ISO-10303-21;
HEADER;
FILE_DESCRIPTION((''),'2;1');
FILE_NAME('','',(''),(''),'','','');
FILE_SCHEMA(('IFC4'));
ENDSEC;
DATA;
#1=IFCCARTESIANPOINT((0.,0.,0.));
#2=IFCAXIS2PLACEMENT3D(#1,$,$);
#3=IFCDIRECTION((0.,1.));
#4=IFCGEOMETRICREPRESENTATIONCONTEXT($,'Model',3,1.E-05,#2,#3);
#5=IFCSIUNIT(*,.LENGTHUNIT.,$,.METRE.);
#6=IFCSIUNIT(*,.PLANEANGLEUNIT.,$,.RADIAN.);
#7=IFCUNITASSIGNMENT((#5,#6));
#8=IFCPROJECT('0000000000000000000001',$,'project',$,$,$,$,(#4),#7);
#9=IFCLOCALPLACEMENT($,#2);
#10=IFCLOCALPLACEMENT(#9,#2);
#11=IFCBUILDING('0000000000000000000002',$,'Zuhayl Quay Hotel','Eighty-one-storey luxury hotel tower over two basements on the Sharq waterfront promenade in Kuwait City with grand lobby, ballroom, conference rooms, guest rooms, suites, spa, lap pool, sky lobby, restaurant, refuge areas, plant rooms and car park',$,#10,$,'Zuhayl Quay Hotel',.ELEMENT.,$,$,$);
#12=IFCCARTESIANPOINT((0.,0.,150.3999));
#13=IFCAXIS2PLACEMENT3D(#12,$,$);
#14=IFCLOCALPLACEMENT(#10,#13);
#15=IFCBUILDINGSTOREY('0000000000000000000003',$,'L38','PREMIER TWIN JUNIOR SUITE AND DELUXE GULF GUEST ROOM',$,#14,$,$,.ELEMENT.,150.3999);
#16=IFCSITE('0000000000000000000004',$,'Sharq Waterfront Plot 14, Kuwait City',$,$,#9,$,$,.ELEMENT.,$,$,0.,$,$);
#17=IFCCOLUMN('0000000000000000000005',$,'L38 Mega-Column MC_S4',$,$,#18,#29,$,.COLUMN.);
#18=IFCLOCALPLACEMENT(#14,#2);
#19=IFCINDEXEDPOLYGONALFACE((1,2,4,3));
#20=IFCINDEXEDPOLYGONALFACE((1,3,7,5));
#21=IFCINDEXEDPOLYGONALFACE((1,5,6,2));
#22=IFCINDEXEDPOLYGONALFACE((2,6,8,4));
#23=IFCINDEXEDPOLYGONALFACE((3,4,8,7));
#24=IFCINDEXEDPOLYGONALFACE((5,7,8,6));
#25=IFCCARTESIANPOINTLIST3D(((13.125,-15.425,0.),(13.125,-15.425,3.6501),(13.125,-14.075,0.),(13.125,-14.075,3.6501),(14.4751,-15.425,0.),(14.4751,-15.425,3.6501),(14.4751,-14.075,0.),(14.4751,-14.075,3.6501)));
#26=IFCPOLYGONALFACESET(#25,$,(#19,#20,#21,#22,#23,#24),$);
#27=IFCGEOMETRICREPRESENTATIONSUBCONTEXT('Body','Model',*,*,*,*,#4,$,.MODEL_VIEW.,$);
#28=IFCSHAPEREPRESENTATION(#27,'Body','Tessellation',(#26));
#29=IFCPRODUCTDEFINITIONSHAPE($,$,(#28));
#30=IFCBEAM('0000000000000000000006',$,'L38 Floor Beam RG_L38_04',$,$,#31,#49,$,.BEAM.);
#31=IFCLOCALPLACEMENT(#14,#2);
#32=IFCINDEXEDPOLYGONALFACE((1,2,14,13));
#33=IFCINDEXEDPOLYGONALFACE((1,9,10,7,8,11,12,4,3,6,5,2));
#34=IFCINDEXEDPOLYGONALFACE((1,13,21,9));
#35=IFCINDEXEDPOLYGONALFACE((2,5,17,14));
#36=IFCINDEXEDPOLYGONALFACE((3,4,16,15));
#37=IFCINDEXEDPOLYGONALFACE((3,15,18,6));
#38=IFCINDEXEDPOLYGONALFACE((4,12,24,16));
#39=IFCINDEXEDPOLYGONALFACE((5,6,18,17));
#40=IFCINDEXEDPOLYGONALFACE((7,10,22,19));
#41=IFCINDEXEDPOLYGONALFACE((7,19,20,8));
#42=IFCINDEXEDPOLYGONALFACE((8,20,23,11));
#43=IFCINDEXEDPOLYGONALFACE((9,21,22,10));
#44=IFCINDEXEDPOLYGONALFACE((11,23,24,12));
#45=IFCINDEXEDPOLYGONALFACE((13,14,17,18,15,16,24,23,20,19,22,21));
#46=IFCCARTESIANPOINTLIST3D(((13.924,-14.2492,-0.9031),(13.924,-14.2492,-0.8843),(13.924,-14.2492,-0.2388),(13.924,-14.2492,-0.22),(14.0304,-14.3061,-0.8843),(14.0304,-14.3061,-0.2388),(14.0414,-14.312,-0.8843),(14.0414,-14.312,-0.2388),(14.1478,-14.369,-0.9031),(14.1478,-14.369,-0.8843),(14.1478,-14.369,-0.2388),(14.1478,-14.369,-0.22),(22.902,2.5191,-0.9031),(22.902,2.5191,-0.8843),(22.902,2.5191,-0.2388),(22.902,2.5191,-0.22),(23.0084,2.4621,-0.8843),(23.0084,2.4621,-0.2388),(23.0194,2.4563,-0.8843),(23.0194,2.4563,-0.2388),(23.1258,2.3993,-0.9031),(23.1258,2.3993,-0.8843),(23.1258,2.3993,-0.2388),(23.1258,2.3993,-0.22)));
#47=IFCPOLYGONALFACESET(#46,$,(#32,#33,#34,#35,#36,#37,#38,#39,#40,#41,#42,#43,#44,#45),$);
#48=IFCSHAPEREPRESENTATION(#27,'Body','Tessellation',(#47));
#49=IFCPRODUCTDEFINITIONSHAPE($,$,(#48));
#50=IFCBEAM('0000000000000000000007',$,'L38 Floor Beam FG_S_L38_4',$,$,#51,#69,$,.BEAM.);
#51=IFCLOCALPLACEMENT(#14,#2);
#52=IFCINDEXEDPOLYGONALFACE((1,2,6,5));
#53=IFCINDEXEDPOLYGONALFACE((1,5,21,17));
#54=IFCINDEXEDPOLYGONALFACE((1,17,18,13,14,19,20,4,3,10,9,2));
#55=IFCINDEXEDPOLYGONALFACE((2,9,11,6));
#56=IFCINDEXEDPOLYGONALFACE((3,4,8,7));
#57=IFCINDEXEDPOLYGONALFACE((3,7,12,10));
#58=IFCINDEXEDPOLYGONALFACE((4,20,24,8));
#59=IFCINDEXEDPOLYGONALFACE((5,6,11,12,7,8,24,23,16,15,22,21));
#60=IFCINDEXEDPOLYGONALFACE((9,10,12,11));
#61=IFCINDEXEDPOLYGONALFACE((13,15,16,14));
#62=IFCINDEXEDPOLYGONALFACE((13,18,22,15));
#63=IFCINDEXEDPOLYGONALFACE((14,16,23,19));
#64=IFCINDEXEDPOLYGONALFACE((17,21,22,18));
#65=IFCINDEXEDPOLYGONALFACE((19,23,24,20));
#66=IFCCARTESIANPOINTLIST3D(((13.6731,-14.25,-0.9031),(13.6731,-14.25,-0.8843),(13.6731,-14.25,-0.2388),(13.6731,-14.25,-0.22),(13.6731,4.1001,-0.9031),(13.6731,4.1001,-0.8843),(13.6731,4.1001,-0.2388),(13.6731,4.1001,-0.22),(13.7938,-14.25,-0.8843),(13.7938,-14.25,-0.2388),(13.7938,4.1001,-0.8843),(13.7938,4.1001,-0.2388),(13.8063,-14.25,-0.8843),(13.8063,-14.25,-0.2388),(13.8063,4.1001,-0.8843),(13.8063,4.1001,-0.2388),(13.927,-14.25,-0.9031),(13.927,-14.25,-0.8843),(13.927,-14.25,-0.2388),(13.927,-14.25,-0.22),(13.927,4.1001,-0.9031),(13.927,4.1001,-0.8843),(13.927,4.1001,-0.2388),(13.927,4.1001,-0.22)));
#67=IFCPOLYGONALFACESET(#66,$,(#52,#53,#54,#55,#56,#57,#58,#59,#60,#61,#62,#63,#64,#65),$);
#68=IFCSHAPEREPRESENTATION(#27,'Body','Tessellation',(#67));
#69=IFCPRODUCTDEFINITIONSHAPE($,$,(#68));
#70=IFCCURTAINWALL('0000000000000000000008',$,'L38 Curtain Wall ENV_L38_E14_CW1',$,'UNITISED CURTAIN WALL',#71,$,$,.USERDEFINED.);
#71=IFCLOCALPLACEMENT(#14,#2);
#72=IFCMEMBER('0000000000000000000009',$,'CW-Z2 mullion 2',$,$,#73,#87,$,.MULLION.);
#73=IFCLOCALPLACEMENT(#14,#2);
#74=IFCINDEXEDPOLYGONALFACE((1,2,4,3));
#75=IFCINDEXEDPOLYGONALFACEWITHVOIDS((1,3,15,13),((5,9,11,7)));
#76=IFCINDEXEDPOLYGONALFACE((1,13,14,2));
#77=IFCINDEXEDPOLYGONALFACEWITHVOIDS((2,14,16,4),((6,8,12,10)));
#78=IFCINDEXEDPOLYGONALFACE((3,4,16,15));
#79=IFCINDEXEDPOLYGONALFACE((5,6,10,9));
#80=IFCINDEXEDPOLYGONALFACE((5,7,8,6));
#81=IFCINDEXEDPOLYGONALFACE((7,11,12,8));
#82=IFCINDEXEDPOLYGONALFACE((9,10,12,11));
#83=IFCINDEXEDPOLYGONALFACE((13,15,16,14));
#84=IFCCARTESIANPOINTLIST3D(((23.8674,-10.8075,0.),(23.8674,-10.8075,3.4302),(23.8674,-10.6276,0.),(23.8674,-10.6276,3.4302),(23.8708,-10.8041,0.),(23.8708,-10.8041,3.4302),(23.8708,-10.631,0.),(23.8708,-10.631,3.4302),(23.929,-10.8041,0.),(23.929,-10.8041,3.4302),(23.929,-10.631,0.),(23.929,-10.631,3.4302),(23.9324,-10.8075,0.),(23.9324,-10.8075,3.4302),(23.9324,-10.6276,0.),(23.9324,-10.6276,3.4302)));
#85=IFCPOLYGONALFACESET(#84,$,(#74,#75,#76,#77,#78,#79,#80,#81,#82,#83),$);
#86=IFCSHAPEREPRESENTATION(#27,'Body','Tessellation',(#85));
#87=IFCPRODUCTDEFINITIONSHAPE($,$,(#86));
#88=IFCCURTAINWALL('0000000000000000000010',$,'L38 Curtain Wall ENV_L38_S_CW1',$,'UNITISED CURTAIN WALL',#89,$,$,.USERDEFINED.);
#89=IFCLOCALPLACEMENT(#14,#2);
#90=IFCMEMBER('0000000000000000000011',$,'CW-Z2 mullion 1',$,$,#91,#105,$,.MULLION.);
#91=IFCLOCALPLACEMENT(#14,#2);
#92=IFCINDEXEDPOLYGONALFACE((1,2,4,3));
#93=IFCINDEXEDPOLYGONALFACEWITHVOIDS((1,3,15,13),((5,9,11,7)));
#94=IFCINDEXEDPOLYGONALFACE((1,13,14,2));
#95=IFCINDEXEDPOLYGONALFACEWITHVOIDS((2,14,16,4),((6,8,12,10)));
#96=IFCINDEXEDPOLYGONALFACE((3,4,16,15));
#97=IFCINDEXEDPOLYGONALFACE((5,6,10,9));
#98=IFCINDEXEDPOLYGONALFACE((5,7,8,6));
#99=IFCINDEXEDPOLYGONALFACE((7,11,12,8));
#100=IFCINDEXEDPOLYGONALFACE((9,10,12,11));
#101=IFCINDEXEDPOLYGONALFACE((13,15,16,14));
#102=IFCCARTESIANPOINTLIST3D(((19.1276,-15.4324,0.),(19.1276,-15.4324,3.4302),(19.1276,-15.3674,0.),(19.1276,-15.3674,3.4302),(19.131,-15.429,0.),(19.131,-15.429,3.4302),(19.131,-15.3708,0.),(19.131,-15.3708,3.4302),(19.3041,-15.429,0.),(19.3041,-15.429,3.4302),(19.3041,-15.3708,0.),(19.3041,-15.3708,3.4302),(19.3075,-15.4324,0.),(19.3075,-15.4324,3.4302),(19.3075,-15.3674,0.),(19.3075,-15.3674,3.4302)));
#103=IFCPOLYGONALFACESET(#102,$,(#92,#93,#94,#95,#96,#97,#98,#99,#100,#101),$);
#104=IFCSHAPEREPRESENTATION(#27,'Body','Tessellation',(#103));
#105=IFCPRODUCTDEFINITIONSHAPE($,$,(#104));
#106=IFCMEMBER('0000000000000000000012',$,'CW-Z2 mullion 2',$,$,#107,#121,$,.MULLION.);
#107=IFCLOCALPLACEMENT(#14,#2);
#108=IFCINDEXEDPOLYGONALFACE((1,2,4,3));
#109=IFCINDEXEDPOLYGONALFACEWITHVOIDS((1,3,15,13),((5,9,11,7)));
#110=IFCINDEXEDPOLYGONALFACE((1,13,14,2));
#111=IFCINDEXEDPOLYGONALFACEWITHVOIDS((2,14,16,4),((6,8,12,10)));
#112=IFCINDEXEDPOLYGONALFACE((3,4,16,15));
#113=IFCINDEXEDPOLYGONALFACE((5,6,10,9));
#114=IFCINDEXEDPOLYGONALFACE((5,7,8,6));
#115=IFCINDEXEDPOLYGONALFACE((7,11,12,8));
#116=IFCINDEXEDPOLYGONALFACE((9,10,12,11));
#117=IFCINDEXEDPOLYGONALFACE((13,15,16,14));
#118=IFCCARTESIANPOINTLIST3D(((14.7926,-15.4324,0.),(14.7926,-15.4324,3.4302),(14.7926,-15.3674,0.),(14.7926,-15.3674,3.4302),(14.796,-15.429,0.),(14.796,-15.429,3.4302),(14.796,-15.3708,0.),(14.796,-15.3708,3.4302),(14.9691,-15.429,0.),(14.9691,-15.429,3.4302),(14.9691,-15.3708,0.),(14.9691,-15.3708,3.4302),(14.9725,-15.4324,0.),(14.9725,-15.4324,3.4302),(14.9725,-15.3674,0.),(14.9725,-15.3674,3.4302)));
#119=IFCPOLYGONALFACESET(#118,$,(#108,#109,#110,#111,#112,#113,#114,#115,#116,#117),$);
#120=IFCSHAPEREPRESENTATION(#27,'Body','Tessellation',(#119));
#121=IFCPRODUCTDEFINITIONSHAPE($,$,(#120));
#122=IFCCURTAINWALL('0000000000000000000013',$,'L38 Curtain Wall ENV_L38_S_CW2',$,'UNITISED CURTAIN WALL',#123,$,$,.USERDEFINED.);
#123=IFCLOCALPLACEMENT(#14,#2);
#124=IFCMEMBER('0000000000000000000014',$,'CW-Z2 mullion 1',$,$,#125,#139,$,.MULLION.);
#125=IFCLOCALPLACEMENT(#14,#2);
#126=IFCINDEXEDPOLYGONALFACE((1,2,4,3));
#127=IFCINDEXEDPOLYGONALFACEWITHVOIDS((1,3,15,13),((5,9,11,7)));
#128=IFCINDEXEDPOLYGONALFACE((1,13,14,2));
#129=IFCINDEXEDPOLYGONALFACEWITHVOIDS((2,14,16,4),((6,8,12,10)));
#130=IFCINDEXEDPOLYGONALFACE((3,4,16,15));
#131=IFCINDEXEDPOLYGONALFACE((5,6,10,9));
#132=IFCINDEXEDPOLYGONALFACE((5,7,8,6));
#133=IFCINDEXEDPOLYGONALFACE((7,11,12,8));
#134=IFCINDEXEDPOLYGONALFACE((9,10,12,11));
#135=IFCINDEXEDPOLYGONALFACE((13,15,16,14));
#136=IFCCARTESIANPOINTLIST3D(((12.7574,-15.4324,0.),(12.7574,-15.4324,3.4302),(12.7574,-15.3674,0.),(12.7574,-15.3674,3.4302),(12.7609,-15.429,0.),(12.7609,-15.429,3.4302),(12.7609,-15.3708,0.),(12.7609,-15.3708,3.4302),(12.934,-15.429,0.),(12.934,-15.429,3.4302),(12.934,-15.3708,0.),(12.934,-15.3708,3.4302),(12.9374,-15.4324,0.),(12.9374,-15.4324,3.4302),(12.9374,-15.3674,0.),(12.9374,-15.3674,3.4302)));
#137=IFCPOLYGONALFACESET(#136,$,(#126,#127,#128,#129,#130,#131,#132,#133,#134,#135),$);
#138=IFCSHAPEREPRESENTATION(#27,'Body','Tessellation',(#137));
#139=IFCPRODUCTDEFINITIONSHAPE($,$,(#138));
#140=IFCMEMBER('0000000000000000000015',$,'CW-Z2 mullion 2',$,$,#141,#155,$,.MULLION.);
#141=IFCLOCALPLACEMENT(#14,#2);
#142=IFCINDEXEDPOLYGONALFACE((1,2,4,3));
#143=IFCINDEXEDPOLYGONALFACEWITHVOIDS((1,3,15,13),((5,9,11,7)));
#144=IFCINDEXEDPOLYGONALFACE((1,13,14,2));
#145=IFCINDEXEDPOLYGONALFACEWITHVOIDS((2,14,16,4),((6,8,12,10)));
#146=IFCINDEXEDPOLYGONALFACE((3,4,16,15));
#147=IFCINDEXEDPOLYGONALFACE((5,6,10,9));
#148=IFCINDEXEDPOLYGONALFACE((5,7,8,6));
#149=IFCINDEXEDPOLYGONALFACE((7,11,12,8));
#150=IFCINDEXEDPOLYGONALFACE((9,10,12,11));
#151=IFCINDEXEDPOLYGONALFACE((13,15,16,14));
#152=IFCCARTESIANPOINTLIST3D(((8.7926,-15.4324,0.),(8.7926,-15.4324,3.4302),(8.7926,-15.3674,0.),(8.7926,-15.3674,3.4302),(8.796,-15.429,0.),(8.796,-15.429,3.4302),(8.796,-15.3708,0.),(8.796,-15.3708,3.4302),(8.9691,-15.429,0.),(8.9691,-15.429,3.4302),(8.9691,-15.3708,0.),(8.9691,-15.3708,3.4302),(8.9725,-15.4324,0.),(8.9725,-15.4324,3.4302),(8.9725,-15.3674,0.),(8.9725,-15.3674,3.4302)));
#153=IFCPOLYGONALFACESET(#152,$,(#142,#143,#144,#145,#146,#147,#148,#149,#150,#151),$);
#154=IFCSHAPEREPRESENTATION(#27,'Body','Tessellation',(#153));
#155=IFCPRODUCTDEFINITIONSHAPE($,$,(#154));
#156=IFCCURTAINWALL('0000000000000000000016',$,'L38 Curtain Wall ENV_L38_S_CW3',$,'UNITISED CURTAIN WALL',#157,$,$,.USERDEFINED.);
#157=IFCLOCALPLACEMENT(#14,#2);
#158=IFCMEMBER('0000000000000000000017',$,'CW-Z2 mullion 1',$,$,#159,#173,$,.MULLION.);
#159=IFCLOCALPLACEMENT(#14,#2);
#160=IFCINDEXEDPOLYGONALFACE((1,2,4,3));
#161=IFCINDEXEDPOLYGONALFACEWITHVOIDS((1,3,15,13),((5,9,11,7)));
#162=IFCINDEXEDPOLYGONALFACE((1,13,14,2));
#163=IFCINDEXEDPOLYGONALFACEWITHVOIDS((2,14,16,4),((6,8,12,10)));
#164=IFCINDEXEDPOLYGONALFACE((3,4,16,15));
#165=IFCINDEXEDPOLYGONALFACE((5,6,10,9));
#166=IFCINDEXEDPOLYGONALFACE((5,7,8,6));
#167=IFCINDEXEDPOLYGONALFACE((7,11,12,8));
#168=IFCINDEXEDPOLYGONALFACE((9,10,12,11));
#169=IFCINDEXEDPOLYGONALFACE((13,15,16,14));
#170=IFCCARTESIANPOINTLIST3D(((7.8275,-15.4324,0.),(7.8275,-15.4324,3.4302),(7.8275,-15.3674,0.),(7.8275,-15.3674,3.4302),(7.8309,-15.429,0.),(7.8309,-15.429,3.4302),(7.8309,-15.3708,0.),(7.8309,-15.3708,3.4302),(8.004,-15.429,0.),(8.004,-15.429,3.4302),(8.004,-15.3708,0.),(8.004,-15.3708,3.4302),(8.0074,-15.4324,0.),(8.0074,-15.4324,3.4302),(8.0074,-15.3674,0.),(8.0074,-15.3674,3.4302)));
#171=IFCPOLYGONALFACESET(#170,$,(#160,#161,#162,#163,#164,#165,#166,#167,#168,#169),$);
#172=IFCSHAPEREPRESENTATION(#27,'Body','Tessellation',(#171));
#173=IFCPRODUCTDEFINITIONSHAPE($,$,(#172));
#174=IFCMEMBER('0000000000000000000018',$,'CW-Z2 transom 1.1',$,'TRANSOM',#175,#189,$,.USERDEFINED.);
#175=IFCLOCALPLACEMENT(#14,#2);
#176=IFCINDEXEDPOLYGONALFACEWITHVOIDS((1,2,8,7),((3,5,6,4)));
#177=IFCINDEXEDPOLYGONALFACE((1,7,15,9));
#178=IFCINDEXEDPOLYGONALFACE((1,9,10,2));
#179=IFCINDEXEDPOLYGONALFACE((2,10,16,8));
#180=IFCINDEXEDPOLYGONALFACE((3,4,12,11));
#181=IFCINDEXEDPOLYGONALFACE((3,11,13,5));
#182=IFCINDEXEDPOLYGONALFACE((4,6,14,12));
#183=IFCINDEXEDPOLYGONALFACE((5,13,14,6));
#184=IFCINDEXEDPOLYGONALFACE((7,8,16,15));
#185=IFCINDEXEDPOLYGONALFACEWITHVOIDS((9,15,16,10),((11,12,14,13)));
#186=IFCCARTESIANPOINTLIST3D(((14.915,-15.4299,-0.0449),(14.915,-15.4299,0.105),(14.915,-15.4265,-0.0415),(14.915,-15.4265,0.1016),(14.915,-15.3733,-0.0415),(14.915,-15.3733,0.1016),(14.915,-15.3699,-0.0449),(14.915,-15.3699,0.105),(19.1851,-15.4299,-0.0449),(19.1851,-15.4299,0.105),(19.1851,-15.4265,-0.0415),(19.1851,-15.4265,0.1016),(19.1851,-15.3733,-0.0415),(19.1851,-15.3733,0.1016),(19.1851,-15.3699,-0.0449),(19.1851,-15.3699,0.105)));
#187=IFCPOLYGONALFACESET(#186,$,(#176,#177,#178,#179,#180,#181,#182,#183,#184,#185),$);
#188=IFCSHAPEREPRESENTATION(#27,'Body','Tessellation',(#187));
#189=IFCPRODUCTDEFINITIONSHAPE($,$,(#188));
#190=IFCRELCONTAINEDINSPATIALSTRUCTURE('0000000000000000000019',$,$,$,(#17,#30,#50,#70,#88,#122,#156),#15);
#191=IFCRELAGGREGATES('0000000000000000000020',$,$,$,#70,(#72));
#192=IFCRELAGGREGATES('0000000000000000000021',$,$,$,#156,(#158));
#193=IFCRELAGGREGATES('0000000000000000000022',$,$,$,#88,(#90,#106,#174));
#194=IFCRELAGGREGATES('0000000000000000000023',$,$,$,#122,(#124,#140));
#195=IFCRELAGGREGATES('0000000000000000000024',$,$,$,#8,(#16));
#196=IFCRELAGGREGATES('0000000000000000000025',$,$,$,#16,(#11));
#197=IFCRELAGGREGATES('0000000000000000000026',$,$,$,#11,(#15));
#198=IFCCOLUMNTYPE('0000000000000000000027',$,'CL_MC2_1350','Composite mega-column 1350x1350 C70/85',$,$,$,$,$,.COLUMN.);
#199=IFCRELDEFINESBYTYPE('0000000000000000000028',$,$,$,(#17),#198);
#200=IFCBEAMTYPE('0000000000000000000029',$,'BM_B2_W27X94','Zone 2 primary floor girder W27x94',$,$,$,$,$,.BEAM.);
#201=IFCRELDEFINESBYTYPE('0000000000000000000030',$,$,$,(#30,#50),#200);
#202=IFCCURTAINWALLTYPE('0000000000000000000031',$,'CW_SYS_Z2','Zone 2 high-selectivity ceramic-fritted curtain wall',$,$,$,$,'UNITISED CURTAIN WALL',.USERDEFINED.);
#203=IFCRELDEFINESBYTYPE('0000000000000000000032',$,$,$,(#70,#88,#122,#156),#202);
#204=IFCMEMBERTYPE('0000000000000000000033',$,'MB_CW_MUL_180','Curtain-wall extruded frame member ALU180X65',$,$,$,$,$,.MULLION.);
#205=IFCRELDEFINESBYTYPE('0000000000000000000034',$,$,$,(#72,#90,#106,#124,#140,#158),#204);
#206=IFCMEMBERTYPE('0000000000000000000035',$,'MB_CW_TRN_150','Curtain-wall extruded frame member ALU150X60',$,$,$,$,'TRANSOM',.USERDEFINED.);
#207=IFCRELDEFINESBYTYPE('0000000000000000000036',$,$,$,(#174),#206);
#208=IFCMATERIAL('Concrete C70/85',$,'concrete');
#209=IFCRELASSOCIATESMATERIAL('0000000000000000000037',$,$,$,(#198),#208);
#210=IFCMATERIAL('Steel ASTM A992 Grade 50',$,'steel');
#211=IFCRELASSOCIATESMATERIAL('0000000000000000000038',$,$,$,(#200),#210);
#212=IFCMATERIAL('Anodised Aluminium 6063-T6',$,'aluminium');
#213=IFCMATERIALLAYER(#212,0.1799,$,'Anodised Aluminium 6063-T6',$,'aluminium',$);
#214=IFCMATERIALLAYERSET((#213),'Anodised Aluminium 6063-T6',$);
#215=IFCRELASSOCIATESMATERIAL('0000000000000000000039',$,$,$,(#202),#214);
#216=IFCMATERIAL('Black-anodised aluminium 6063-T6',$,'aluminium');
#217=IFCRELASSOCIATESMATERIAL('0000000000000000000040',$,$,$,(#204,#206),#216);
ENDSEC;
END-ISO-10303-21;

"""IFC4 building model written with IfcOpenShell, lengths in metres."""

from ifc_helpers import new_model, si_unit, direction, frame, origin, origin_2d, place, context, subcontext, project, spatial, rectangle, hollow_rectangle, i_section, extrude, material, layer, layer_set, material_profile, profile_set, type_object, element, aggregate, save


model = new_model("IFC4")

# Units and contexts
model_context = context("Model", 3, precision=1e-05, world=origin(), true_north=direction((0.0, 1.0)))
body_context = subcontext(model_context, "Body", "Model", "MODEL_VIEW")
ifc_project = project(units=[si_unit("LENGTHUNIT", "METRE"), si_unit("PLANEANGLEUNIT", "RADIAN")], contexts=[model_context])

# Site, building, storey
site_placement = place(None, origin())
site = spatial("IfcSite", under=ifc_project, at=site_placement, Name="Sharq Waterfront Plot 14, Kuwait City", CompositionType="ELEMENT", RefElevation=0.0)
building_placement = place(site_placement, origin())
building = spatial("IfcBuilding", under=site, at=building_placement, Name="Zuhayl Quay Hotel", Description="Eighty-one-storey luxury hotel tower over two basements on the Sharq waterfront promenade in Kuwait City with grand lobby, ballroom, conference rooms, guest rooms, suites, spa, lap pool, sky lobby, restaurant, refuge areas, plant rooms and car park", LongName="Zuhayl Quay Hotel", CompositionType="ELEMENT")
storey_placement = place(building_placement, frame((0.0, 0.0, 150.3999)))
storey = spatial("IfcBuildingStorey", under=building, at=storey_placement, Name="L38", Description="PREMIER TWIN JUNIOR SUITE AND DELUXE GULF GUEST ROOM", CompositionType="ELEMENT", Elevation=150.3999)

# Column
ifc_material_1 = material(Name="Concrete C70/85", Category="concrete")
ifc_material_profile_1 = material_profile(ifc_material_1, rectangle(XDim=1.3501, YDim=1.3501, at=origin_2d()), Name="RC1350X1350")
ifc_profile_set_1 = profile_set([ifc_material_profile_1], Name="Concrete C70/85")
column_type = type_object("IfcColumnType", Name="CL_MC2_1350", Description="Composite mega-column 1350x1350 C70/85", PredefinedType="COLUMN", material=ifc_profile_set_1)
column_placement = place(storey_placement, frame((13.8, -14.75, 0.0), z_axis=(0.0, 0.0, 1.0), x_axis=(1.0, 0.0, 0.0)))
element("IfcColumn", 1, at=column_placement, inside=storey, type_object=column_type, Name="L38 Mega-Column MC_S4", PredefinedType="COLUMN", context=body_context, shape_type="SweptSolid", body=[
    extrude(rectangle(XDim=1.3501, YDim=1.3501, at=origin_2d()), origin(), (0.0, 0.0, 1.0), 3.6501),
])

# Beams
ifc_material_2 = material(Name="Steel ASTM A992 Grade 50", Category="steel")
ifc_material_profile_2 = material_profile(ifc_material_2, i_section(OverallWidth=0.2539, OverallDepth=0.6831, WebThickness=0.0125, FlangeThickness=0.0188, at=origin_2d()), Name="W27X94")
ifc_profile_set_2 = profile_set([ifc_material_profile_2], Name="Steel ASTM A992 Grade 50")
beam_type = type_object("IfcBeamType", Name="BM_B2_W27X94", Description="Zone 2 primary floor girder W27x94", PredefinedType="BEAM", material=ifc_profile_set_2)
beam_1_placement = place(storey_placement, frame((14.0359, -14.3091, -0.5615), z_axis=(0.472017, 0.881589, 0.0), x_axis=(-0.881589, 0.472017, 0.0)))
element("IfcBeam", 2, at=beam_1_placement, inside=storey, type_object=beam_type, Name="L38 Floor Beam RG_L38_04", PredefinedType="BEAM", context=body_context, shape_type="SweptSolid", body=[
    extrude(i_section(OverallWidth=0.2539, OverallDepth=0.6831, WebThickness=0.0125, FlangeThickness=0.0188, at=origin_2d()), origin(), (0.0, 0.0, 1.0), 19.0205),
])
beam_2_placement = place(storey_placement, frame((13.8, -14.25, -0.5615), z_axis=(0.0, 1.0, 0.0), x_axis=(-1.0, 0.0, 0.0)))
element("IfcBeam", 3, at=beam_2_placement, inside=storey, type_object=beam_type, Name="L38 Floor Beam FG_S_L38_4", PredefinedType="BEAM", context=body_context, shape_type="SweptSolid", body=[
    extrude(i_section(OverallWidth=0.2539, OverallDepth=0.6831, WebThickness=0.0125, FlangeThickness=0.0188, at=origin_2d()), origin(), (0.0, 0.0, 1.0), 18.3501),
])

# Curtain wall, member
ifc_material_3 = material(Name="Anodised Aluminium 6063-T6", Category="aluminium")
ifc_layer_1 = layer(ifc_material_3, 0.1799, Name="Anodised Aluminium 6063-T6", Category="aluminium")
ifc_layer_set_1 = layer_set([ifc_layer_1], Name="Anodised Aluminium 6063-T6")
curtain_wall_type = type_object("IfcCurtainWallType", Name="CW_SYS_Z2", Description="Zone 2 high-selectivity ceramic-fritted curtain wall", ElementType="UNITISED CURTAIN WALL", PredefinedType="USERDEFINED", material=ifc_layer_set_1)
curtain_wall_1_placement = place(storey_placement, origin())
curtain_wall_1 = element("IfcCurtainWall", 4, at=curtain_wall_1_placement, inside=storey, type_object=curtain_wall_type, Name="L38 Curtain Wall ENV_L38_E14_CW1", ObjectType="UNITISED CURTAIN WALL", PredefinedType="USERDEFINED")
ifc_material_4 = material(Name="Black-anodised aluminium 6063-T6", Category="aluminium")
ifc_material_profile_3 = material_profile(ifc_material_4, hollow_rectangle(XDim=0.0649, YDim=0.1799, WallThickness=0.0034, at=origin_2d()), Name="ALU180X65")
ifc_profile_set_3 = profile_set([ifc_material_profile_3], Name="Black-anodised aluminium 6063-T6")
member_type_1 = type_object("IfcMemberType", Name="MB_CW_MUL_180", Description="Curtain-wall extruded frame member ALU180X65", PredefinedType="MULLION", material=ifc_profile_set_3)
member_1_placement = place(storey_placement, frame((23.8999, -10.7175, 0.0), z_axis=(0.0, 0.0, 1.0), x_axis=(1.0, 0.0, 0.0)))
member_1 = element("IfcMember", 5, at=member_1_placement, type_object=member_type_1, Name="CW-Z2 mullion 2", PredefinedType="MULLION", context=body_context, shape_type="SweptSolid", body=[
    extrude(hollow_rectangle(XDim=0.0649, YDim=0.1799, WallThickness=0.0034, at=origin_2d()), origin(), (0.0, 0.0, 1.0), 3.4302),
])
aggregate(curtain_wall_1, [member_1])

# Curtain walls, members
curtain_wall_2_placement = place(storey_placement, origin())
curtain_wall_2 = element("IfcCurtainWall", 6, at=curtain_wall_2_placement, inside=storey, type_object=curtain_wall_type, Name="L38 Curtain Wall ENV_L38_S_CW1", ObjectType="UNITISED CURTAIN WALL", PredefinedType="USERDEFINED")
member_2_placement = place(storey_placement, frame((19.2175, -15.3999, 0.0), z_axis=(0.0, 0.0, 1.0), x_axis=(0.0, -1.0, 0.0)))
member_2 = element("IfcMember", 7, at=member_2_placement, type_object=member_type_1, Name="CW-Z2 mullion 1", PredefinedType="MULLION", context=body_context, shape_type="SweptSolid", body=[
    extrude(hollow_rectangle(XDim=0.0649, YDim=0.1799, WallThickness=0.0034, at=origin_2d()), origin(), (0.0, 0.0, 1.0), 3.4302),
])
member_3_placement = place(storey_placement, frame((14.8826, -15.3999, 0.0), z_axis=(0.0, 0.0, 1.0), x_axis=(0.0, -1.0, 0.0)))
member_3 = element("IfcMember", 8, at=member_3_placement, type_object=member_type_1, Name="CW-Z2 mullion 2", PredefinedType="MULLION", context=body_context, shape_type="SweptSolid", body=[
    extrude(hollow_rectangle(XDim=0.0649, YDim=0.1799, WallThickness=0.0034, at=origin_2d()), origin(), (0.0, 0.0, 1.0), 3.4302),
])
curtain_wall_3_placement = place(storey_placement, origin())
curtain_wall_3 = element("IfcCurtainWall", 9, at=curtain_wall_3_placement, inside=storey, type_object=curtain_wall_type, Name="L38 Curtain Wall ENV_L38_S_CW2", ObjectType="UNITISED CURTAIN WALL", PredefinedType="USERDEFINED")
member_4_placement = place(storey_placement, frame((12.8474, -15.3999, 0.0), z_axis=(0.0, 0.0, 1.0), x_axis=(0.0, -1.0, 0.0)))
member_4 = element("IfcMember", 10, at=member_4_placement, type_object=member_type_1, Name="CW-Z2 mullion 1", PredefinedType="MULLION", context=body_context, shape_type="SweptSolid", body=[
    extrude(hollow_rectangle(XDim=0.0649, YDim=0.1799, WallThickness=0.0034, at=origin_2d()), origin(), (0.0, 0.0, 1.0), 3.4302),
])
member_5_placement = place(storey_placement, frame((8.8826, -15.3999, 0.0), z_axis=(0.0, 0.0, 1.0), x_axis=(0.0, -1.0, 0.0)))
member_5 = element("IfcMember", 11, at=member_5_placement, type_object=member_type_1, Name="CW-Z2 mullion 2", PredefinedType="MULLION", context=body_context, shape_type="SweptSolid", body=[
    extrude(hollow_rectangle(XDim=0.0649, YDim=0.1799, WallThickness=0.0034, at=origin_2d()), origin(), (0.0, 0.0, 1.0), 3.4302),
])

# Curtain wall, member
curtain_wall_4_placement = place(storey_placement, origin())
curtain_wall_4 = element("IfcCurtainWall", 12, at=curtain_wall_4_placement, inside=storey, type_object=curtain_wall_type, Name="L38 Curtain Wall ENV_L38_S_CW3", ObjectType="UNITISED CURTAIN WALL", PredefinedType="USERDEFINED")
member_6_placement = place(storey_placement, frame((7.9175, -15.3999, 0.0), z_axis=(0.0, 0.0, 1.0), x_axis=(0.0, -1.0, 0.0)))
member_6 = element("IfcMember", 13, at=member_6_placement, type_object=member_type_1, Name="CW-Z2 mullion 1", PredefinedType="MULLION", context=body_context, shape_type="SweptSolid", body=[
    extrude(hollow_rectangle(XDim=0.0649, YDim=0.1799, WallThickness=0.0034, at=origin_2d()), origin(), (0.0, 0.0, 1.0), 3.4302),
])

# Member
ifc_material_profile_4 = material_profile(ifc_material_4, hollow_rectangle(XDim=0.0601, YDim=0.1499, WallThickness=0.0034, at=origin_2d()), Name="ALU150X60")
ifc_profile_set_4 = profile_set([ifc_material_profile_4], Name="Black-anodised aluminium 6063-T6")
member_type_2 = type_object("IfcMemberType", Name="MB_CW_TRN_150", Description="Curtain-wall extruded frame member ALU150X60", ElementType="TRANSOM", PredefinedType="USERDEFINED", material=ifc_profile_set_4)
member_7_placement = place(storey_placement, frame((19.1851, -15.3999, 0.03), z_axis=(-1.0, 0.0, 0.0), x_axis=(0.0, -1.0, 0.0)))
member_7 = element("IfcMember", 14, at=member_7_placement, type_object=member_type_2, Name="CW-Z2 transom 1.1", ObjectType="TRANSOM", PredefinedType="USERDEFINED", context=body_context, shape_type="SweptSolid", body=[
    extrude(hollow_rectangle(XDim=0.0601, YDim=0.1499, WallThickness=0.0034, at=origin_2d()), origin(), (0.0, 0.0, 1.0), 4.27),
])
aggregate(curtain_wall_4, [member_6])

aggregate(curtain_wall_2, [member_2, member_3, member_7])
aggregate(curtain_wall_3, [member_4, member_5])

save(model, "model.ifc")
